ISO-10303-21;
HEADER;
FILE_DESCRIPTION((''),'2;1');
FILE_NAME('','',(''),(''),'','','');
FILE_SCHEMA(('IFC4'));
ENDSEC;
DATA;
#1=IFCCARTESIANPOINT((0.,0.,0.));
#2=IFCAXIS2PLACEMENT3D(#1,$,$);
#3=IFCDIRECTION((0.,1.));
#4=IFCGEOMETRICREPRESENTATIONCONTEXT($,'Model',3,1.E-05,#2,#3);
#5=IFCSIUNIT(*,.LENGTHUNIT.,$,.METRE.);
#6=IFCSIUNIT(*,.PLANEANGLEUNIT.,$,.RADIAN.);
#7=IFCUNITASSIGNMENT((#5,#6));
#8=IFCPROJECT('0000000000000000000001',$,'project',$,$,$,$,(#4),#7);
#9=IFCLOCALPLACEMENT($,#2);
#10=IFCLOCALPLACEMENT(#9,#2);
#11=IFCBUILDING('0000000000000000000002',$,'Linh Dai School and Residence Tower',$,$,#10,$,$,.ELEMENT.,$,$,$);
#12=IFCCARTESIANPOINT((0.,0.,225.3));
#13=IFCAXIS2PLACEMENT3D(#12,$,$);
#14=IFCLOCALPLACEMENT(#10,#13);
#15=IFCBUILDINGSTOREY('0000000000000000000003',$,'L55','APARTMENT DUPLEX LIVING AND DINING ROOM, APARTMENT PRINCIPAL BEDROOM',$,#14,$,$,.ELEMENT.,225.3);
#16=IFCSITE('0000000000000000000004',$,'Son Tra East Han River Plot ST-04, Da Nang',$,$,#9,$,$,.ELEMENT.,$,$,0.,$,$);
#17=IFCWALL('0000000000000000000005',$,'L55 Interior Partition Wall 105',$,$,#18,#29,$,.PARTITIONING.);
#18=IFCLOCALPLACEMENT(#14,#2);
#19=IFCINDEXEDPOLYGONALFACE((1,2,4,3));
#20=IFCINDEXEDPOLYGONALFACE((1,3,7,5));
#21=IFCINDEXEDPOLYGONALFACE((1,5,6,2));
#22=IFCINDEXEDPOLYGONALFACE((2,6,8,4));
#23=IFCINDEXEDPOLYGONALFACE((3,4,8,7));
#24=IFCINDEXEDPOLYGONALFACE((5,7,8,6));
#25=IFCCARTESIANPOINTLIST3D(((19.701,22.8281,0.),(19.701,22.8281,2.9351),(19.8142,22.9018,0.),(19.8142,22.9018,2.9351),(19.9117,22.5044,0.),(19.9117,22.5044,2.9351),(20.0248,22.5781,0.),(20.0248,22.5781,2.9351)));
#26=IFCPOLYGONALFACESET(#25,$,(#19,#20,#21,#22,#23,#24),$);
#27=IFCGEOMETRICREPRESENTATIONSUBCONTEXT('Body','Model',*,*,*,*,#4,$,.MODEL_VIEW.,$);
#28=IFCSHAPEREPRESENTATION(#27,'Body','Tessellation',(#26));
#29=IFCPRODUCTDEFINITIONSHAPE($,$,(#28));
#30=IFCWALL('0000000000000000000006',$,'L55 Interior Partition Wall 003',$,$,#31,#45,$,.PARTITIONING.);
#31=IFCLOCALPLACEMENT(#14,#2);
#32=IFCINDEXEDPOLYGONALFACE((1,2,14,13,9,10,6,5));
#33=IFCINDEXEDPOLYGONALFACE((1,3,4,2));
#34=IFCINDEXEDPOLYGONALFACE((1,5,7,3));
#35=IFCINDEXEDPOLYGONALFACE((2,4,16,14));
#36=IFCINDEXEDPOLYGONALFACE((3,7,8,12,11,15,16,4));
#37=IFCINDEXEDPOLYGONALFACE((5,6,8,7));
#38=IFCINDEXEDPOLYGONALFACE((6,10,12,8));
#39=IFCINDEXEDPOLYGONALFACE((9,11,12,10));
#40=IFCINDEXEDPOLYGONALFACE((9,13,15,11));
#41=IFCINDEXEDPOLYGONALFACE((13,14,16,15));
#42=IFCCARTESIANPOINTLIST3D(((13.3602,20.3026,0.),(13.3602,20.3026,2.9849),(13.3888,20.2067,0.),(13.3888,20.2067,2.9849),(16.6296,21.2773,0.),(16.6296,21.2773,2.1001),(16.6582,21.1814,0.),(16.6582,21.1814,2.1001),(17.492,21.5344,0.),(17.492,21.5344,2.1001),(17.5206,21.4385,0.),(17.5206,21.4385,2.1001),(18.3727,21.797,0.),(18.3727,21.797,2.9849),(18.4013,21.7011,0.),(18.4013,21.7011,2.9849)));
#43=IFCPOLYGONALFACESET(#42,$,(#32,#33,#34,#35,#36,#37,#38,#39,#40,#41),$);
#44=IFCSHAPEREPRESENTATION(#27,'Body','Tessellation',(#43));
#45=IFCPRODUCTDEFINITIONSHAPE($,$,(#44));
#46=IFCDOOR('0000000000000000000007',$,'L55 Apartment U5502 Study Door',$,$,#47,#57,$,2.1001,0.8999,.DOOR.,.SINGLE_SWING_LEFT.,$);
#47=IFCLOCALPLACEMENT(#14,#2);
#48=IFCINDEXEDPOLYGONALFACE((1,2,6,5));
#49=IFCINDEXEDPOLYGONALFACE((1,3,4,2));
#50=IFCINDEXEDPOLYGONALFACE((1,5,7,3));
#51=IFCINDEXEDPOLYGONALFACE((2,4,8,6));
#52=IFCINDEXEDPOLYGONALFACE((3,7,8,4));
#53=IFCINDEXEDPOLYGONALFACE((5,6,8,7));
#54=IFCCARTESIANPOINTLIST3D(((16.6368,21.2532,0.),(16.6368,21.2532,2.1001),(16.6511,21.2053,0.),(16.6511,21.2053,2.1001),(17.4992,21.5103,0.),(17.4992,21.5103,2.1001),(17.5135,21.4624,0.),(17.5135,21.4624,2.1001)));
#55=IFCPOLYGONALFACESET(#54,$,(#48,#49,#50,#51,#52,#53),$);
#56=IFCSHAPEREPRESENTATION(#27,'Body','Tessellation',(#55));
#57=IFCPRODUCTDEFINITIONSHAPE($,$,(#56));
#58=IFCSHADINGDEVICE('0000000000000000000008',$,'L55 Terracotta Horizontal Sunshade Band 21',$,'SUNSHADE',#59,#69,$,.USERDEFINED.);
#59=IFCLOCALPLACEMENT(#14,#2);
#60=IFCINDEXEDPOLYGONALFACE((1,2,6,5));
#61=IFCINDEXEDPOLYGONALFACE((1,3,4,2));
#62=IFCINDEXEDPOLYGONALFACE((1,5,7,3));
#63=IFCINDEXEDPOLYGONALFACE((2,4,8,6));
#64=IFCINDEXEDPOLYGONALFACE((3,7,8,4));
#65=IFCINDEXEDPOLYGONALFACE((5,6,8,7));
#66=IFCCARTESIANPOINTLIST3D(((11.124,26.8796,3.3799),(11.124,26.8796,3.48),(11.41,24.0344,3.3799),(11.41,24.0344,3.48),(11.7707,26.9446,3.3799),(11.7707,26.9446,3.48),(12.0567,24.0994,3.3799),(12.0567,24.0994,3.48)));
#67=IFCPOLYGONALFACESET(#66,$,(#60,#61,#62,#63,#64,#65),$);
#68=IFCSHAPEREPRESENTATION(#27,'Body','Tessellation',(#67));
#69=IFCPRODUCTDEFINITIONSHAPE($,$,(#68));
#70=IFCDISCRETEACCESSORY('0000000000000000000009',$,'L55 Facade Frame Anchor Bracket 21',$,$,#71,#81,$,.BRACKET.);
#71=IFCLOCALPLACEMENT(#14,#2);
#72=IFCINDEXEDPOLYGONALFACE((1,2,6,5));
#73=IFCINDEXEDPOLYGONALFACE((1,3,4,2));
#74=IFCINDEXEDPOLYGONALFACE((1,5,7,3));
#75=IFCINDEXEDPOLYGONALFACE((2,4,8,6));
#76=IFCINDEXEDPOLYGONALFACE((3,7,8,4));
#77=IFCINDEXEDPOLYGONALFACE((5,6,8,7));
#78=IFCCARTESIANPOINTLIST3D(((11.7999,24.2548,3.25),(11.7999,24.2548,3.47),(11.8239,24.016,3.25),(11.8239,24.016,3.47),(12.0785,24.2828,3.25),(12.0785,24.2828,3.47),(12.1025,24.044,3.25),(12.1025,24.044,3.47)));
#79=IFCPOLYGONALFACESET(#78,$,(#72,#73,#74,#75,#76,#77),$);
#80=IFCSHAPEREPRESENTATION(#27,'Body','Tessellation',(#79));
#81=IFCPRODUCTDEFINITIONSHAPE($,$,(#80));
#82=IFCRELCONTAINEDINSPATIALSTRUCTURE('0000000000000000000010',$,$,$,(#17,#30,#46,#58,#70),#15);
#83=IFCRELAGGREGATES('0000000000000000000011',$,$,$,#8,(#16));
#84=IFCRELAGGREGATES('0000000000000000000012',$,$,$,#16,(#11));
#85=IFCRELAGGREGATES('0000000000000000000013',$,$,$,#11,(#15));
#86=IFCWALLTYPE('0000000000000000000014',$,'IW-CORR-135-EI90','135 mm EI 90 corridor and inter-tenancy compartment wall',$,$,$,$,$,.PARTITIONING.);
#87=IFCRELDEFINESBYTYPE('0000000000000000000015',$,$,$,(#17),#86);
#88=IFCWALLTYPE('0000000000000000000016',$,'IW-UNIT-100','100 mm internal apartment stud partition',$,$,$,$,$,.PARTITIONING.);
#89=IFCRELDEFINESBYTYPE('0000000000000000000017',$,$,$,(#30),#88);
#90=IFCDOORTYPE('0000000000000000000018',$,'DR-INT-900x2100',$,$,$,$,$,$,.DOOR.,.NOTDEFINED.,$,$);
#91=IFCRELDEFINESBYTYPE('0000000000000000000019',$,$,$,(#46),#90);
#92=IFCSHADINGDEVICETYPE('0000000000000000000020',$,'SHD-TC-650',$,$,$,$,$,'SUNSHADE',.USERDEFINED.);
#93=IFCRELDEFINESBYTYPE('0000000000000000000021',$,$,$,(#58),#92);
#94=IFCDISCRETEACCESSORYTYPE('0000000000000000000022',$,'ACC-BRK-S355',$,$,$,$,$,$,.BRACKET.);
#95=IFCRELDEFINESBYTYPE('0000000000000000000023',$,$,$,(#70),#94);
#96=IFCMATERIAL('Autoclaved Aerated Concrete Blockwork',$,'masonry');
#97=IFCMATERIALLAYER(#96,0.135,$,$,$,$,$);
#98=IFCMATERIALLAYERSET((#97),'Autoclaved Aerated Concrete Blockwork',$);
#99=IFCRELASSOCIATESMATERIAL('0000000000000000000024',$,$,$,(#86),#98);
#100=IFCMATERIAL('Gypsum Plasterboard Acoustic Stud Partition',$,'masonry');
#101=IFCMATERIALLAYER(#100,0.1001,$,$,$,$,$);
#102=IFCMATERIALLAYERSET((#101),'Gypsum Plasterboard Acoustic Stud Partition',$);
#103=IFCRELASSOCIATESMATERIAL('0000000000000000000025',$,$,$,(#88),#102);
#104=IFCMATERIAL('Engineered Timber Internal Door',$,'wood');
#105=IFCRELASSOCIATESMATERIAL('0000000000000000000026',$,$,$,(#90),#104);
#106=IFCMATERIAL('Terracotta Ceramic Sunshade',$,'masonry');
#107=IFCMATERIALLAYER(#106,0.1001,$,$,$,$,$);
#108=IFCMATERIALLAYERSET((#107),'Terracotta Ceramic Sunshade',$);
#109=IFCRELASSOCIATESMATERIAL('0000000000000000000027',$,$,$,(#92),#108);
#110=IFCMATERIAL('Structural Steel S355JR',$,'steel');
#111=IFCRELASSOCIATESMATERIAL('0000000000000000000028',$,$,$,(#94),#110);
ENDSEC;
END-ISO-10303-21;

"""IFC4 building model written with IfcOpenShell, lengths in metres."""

from ifc_helpers import new_model, si_unit, direction, frame, frame_2d, origin, origin_2d, place, context, subcontext, project, spatial, rectangle, extrude, source, transform, mapped, material, layer, layer_set, type_object, element, fill, save


model = new_model("IFC4")

# Units and contexts
model_context = context("Model", 3, precision=1e-05, world=origin(), true_north=direction((0.0, 1.0)))
body_context = subcontext(model_context, "Body", "Model", "MODEL_VIEW")
ifc_project = project(units=[si_unit("LENGTHUNIT", "METRE"), si_unit("PLANEANGLEUNIT", "RADIAN")], contexts=[model_context])

# Site, building, storey
site_placement = place(None, origin())
site = spatial("IfcSite", under=ifc_project, at=site_placement, Name="Son Tra East Han River Plot ST-04, Da Nang", CompositionType="ELEMENT", RefElevation=0.0)
building_placement = place(site_placement, origin())
building = spatial("IfcBuilding", under=site, at=building_placement, Name="Linh Dai School and Residence Tower", CompositionType="ELEMENT")
storey_placement = place(building_placement, frame((0.0, 0.0, 225.3)))
storey = spatial("IfcBuildingStorey", under=building, at=storey_placement, Name="L55", Description="APARTMENT DUPLEX LIVING AND DINING ROOM, APARTMENT PRINCIPAL BEDROOM", CompositionType="ELEMENT", Elevation=225.3)

# Shared definitions
ifc_material_1 = material(Name="Structural Steel S355JR", Category="steel")

# Shared definitions
ifc_material_2 = material(Name="Autoclaved Aerated Concrete Blockwork", Category="masonry")
ifc_layer_1 = layer(ifc_material_2, 0.135)
ifc_layer_set_1 = layer_set([ifc_layer_1], Name="Autoclaved Aerated Concrete Blockwork")
wall_type_1 = type_object("IfcWallType", Name="IW-CORR-135-EI90", Description="135 mm EI 90 corridor and inter-tenancy compartment wall", PredefinedType="PARTITIONING", material=ifc_layer_set_1)

# Wall
wall_1_placement = place(storey_placement, frame((19.9683, 22.5413, 0.0), z_axis=(0.0, 0.0, 1.0), x_axis=(-0.545477, 0.838126, 0.0)))
element("IfcWall", 1, at=wall_1_placement, inside=storey, type_object=wall_type_1, Name="L55 Interior Partition Wall 105", PredefinedType="PARTITIONING", context=body_context, shape_type="SweptSolid", body=[
    extrude(rectangle(XDim=0.3862, YDim=0.135, at=frame_2d((0.1931, 0.0))), origin(), (0.0, 0.0, 1.0), 2.9351),
])

# Wall, opening, door
ifc_material_3 = material(Name="Gypsum Plasterboard Acoustic Stud Partition", Category="masonry")
ifc_layer_2 = layer(ifc_material_3, 0.1001)
ifc_layer_set_2 = layer_set([ifc_layer_2], Name="Gypsum Plasterboard Acoustic Stud Partition")
wall_type_2 = type_object("IfcWallType", Name="IW-UNIT-100", Description="100 mm internal apartment stud partition", PredefinedType="PARTITIONING", material=ifc_layer_set_2)
wall_2_placement = place(storey_placement, frame((13.3745, 20.2546, 0.0), z_axis=(0.0, 0.0, 1.0), x_axis=(0.958317, 0.285707, 0.0)))
wall_2 = element("IfcWall", 2, at=wall_2_placement, inside=storey, type_object=wall_type_2, Name="L55 Interior Partition Wall 003", PredefinedType="PARTITIONING", context=body_context, shape_type="SweptSolid", body=[
    extrude(rectangle(XDim=5.2305, YDim=0.1001, at=frame_2d((2.6152, 0.0))), origin(), (0.0, 0.0, 1.0), 2.9849),
])
opening_1_placement = place(wall_2_placement, frame((3.4116, 0.0, 0.0)))
opening_1 = element("IfcOpeningElement", 3, at=opening_1_placement, cuts=wall_2, PredefinedType="OPENING", context=body_context, shape_type="SweptSolid", body=[
    extrude(rectangle(XDim=0.8999, YDim=2.1001, at=origin_2d()), frame((0.45, 0.0601, 1.05), z_axis=(0.0, -1.0, 0.0), x_axis=(1.0, 0.0, 0.0)), (0.0, 0.0, 1.0), 0.1201),
])
ifc_material_4 = material(Name="Engineered Timber Internal Door", Category="wood")
door_type_1 = type_object("IfcDoorType", Name="DR-INT-900x2100", OperationType="NOTDEFINED", PredefinedType="DOOR", material=ifc_material_4)
shared_shape_1 = source(origin(), body_context, "Body", "SweptSolid", [
    extrude(rectangle(XDim=0.8999, YDim=2.1001, at=origin_2d()), frame((0.45, 0.0249, 1.05), z_axis=(0.0, -1.0, 0.0), x_axis=(1.0, 0.0, 0.0)), (0.0, 0.0, 1.0), 0.05),
])
door_1_placement = place(opening_1_placement, origin())
door_1 = element("IfcDoor", 4, at=door_1_placement, inside=storey, type_object=door_type_1, Name="L55 Apartment U5502 Study Door", OperationType="SINGLE_SWING_LEFT", OverallHeight=2.1001, OverallWidth=0.8999, PredefinedType="DOOR", context=body_context, shape_type="MappedRepresentation", body=[
    mapped(shared_shape_1, transform((0.0, 0.0, 0.0), x_axis=(1.0, 0.0, 0.0), y_axis=(0.0, 1.0, 0.0), z_axis=(0.0, 0.0, 1.0), scale=1.0)),
])
fill(opening_1, door_1)

# Shading device
ifc_material_5 = material(Name="Terracotta Ceramic Sunshade", Category="masonry")
ifc_layer_3 = layer(ifc_material_5, 0.1001)
ifc_layer_set_3 = layer_set([ifc_layer_3], Name="Terracotta Ceramic Sunshade")
shading_device_type = type_object("IfcShadingDeviceType", Name="SHD-TC-650", ElementType="SUNSHADE", PredefinedType="USERDEFINED", material=ifc_layer_set_3)
shared_shape_2 = source(origin(), body_context, "Body", "SweptSolid", [
    extrude(rectangle(XDim=2.8596, YDim=0.6499, at=origin_2d()), origin(), (0.0, 0.0, 1.0), 0.1001),
])
shading_device_placement = place(storey_placement, frame((11.5903, 25.4895, 3.3799), z_axis=(0.0, 0.0, 1.0), x_axis=(-0.100012, 0.994986, 0.0)))
element("IfcShadingDevice", 5, at=shading_device_placement, inside=storey, type_object=shading_device_type, Name="L55 Terracotta Horizontal Sunshade Band 21", ObjectType="SUNSHADE", PredefinedType="USERDEFINED", context=body_context, shape_type="MappedRepresentation", body=[
    mapped(shared_shape_2, transform((0.0, 0.0, 0.0), x_axis=(1.0, 0.0, 0.0), y_axis=(0.0, 1.0, 0.0), z_axis=(0.0, 0.0, 1.0), scale=1.0)),
])

# Discrete accessory
discrete_accessory_type = type_object("IfcDiscreteAccessoryType", Name="ACC-BRK-S355", PredefinedType="BRACKET", material=ifc_material_1)
shared_shape_3 = source(origin(), body_context, "Body", "SweptSolid", [
    extrude(rectangle(XDim=0.28, YDim=0.24, at=origin_2d()), origin(), (0.0, 0.0, 1.0), 0.22),
])
discrete_accessory_placement = place(storey_placement, frame((11.9512, 24.1494, 3.25), z_axis=(0.0, 0.0, 1.0), x_axis=(-0.994986, -0.100012, 0.0)))
element("IfcDiscreteAccessory", 6, at=discrete_accessory_placement, inside=storey, type_object=discrete_accessory_type, Name="L55 Facade Frame Anchor Bracket 21", PredefinedType="BRACKET", context=body_context, shape_type="MappedRepresentation", body=[
    mapped(shared_shape_3, transform((0.0, 0.0, 0.0), x_axis=(1.0, 0.0, 0.0), y_axis=(0.0, 1.0, 0.0), z_axis=(0.0, 0.0, 1.0), scale=1.0)),
])

save(model, "model.ifc")
